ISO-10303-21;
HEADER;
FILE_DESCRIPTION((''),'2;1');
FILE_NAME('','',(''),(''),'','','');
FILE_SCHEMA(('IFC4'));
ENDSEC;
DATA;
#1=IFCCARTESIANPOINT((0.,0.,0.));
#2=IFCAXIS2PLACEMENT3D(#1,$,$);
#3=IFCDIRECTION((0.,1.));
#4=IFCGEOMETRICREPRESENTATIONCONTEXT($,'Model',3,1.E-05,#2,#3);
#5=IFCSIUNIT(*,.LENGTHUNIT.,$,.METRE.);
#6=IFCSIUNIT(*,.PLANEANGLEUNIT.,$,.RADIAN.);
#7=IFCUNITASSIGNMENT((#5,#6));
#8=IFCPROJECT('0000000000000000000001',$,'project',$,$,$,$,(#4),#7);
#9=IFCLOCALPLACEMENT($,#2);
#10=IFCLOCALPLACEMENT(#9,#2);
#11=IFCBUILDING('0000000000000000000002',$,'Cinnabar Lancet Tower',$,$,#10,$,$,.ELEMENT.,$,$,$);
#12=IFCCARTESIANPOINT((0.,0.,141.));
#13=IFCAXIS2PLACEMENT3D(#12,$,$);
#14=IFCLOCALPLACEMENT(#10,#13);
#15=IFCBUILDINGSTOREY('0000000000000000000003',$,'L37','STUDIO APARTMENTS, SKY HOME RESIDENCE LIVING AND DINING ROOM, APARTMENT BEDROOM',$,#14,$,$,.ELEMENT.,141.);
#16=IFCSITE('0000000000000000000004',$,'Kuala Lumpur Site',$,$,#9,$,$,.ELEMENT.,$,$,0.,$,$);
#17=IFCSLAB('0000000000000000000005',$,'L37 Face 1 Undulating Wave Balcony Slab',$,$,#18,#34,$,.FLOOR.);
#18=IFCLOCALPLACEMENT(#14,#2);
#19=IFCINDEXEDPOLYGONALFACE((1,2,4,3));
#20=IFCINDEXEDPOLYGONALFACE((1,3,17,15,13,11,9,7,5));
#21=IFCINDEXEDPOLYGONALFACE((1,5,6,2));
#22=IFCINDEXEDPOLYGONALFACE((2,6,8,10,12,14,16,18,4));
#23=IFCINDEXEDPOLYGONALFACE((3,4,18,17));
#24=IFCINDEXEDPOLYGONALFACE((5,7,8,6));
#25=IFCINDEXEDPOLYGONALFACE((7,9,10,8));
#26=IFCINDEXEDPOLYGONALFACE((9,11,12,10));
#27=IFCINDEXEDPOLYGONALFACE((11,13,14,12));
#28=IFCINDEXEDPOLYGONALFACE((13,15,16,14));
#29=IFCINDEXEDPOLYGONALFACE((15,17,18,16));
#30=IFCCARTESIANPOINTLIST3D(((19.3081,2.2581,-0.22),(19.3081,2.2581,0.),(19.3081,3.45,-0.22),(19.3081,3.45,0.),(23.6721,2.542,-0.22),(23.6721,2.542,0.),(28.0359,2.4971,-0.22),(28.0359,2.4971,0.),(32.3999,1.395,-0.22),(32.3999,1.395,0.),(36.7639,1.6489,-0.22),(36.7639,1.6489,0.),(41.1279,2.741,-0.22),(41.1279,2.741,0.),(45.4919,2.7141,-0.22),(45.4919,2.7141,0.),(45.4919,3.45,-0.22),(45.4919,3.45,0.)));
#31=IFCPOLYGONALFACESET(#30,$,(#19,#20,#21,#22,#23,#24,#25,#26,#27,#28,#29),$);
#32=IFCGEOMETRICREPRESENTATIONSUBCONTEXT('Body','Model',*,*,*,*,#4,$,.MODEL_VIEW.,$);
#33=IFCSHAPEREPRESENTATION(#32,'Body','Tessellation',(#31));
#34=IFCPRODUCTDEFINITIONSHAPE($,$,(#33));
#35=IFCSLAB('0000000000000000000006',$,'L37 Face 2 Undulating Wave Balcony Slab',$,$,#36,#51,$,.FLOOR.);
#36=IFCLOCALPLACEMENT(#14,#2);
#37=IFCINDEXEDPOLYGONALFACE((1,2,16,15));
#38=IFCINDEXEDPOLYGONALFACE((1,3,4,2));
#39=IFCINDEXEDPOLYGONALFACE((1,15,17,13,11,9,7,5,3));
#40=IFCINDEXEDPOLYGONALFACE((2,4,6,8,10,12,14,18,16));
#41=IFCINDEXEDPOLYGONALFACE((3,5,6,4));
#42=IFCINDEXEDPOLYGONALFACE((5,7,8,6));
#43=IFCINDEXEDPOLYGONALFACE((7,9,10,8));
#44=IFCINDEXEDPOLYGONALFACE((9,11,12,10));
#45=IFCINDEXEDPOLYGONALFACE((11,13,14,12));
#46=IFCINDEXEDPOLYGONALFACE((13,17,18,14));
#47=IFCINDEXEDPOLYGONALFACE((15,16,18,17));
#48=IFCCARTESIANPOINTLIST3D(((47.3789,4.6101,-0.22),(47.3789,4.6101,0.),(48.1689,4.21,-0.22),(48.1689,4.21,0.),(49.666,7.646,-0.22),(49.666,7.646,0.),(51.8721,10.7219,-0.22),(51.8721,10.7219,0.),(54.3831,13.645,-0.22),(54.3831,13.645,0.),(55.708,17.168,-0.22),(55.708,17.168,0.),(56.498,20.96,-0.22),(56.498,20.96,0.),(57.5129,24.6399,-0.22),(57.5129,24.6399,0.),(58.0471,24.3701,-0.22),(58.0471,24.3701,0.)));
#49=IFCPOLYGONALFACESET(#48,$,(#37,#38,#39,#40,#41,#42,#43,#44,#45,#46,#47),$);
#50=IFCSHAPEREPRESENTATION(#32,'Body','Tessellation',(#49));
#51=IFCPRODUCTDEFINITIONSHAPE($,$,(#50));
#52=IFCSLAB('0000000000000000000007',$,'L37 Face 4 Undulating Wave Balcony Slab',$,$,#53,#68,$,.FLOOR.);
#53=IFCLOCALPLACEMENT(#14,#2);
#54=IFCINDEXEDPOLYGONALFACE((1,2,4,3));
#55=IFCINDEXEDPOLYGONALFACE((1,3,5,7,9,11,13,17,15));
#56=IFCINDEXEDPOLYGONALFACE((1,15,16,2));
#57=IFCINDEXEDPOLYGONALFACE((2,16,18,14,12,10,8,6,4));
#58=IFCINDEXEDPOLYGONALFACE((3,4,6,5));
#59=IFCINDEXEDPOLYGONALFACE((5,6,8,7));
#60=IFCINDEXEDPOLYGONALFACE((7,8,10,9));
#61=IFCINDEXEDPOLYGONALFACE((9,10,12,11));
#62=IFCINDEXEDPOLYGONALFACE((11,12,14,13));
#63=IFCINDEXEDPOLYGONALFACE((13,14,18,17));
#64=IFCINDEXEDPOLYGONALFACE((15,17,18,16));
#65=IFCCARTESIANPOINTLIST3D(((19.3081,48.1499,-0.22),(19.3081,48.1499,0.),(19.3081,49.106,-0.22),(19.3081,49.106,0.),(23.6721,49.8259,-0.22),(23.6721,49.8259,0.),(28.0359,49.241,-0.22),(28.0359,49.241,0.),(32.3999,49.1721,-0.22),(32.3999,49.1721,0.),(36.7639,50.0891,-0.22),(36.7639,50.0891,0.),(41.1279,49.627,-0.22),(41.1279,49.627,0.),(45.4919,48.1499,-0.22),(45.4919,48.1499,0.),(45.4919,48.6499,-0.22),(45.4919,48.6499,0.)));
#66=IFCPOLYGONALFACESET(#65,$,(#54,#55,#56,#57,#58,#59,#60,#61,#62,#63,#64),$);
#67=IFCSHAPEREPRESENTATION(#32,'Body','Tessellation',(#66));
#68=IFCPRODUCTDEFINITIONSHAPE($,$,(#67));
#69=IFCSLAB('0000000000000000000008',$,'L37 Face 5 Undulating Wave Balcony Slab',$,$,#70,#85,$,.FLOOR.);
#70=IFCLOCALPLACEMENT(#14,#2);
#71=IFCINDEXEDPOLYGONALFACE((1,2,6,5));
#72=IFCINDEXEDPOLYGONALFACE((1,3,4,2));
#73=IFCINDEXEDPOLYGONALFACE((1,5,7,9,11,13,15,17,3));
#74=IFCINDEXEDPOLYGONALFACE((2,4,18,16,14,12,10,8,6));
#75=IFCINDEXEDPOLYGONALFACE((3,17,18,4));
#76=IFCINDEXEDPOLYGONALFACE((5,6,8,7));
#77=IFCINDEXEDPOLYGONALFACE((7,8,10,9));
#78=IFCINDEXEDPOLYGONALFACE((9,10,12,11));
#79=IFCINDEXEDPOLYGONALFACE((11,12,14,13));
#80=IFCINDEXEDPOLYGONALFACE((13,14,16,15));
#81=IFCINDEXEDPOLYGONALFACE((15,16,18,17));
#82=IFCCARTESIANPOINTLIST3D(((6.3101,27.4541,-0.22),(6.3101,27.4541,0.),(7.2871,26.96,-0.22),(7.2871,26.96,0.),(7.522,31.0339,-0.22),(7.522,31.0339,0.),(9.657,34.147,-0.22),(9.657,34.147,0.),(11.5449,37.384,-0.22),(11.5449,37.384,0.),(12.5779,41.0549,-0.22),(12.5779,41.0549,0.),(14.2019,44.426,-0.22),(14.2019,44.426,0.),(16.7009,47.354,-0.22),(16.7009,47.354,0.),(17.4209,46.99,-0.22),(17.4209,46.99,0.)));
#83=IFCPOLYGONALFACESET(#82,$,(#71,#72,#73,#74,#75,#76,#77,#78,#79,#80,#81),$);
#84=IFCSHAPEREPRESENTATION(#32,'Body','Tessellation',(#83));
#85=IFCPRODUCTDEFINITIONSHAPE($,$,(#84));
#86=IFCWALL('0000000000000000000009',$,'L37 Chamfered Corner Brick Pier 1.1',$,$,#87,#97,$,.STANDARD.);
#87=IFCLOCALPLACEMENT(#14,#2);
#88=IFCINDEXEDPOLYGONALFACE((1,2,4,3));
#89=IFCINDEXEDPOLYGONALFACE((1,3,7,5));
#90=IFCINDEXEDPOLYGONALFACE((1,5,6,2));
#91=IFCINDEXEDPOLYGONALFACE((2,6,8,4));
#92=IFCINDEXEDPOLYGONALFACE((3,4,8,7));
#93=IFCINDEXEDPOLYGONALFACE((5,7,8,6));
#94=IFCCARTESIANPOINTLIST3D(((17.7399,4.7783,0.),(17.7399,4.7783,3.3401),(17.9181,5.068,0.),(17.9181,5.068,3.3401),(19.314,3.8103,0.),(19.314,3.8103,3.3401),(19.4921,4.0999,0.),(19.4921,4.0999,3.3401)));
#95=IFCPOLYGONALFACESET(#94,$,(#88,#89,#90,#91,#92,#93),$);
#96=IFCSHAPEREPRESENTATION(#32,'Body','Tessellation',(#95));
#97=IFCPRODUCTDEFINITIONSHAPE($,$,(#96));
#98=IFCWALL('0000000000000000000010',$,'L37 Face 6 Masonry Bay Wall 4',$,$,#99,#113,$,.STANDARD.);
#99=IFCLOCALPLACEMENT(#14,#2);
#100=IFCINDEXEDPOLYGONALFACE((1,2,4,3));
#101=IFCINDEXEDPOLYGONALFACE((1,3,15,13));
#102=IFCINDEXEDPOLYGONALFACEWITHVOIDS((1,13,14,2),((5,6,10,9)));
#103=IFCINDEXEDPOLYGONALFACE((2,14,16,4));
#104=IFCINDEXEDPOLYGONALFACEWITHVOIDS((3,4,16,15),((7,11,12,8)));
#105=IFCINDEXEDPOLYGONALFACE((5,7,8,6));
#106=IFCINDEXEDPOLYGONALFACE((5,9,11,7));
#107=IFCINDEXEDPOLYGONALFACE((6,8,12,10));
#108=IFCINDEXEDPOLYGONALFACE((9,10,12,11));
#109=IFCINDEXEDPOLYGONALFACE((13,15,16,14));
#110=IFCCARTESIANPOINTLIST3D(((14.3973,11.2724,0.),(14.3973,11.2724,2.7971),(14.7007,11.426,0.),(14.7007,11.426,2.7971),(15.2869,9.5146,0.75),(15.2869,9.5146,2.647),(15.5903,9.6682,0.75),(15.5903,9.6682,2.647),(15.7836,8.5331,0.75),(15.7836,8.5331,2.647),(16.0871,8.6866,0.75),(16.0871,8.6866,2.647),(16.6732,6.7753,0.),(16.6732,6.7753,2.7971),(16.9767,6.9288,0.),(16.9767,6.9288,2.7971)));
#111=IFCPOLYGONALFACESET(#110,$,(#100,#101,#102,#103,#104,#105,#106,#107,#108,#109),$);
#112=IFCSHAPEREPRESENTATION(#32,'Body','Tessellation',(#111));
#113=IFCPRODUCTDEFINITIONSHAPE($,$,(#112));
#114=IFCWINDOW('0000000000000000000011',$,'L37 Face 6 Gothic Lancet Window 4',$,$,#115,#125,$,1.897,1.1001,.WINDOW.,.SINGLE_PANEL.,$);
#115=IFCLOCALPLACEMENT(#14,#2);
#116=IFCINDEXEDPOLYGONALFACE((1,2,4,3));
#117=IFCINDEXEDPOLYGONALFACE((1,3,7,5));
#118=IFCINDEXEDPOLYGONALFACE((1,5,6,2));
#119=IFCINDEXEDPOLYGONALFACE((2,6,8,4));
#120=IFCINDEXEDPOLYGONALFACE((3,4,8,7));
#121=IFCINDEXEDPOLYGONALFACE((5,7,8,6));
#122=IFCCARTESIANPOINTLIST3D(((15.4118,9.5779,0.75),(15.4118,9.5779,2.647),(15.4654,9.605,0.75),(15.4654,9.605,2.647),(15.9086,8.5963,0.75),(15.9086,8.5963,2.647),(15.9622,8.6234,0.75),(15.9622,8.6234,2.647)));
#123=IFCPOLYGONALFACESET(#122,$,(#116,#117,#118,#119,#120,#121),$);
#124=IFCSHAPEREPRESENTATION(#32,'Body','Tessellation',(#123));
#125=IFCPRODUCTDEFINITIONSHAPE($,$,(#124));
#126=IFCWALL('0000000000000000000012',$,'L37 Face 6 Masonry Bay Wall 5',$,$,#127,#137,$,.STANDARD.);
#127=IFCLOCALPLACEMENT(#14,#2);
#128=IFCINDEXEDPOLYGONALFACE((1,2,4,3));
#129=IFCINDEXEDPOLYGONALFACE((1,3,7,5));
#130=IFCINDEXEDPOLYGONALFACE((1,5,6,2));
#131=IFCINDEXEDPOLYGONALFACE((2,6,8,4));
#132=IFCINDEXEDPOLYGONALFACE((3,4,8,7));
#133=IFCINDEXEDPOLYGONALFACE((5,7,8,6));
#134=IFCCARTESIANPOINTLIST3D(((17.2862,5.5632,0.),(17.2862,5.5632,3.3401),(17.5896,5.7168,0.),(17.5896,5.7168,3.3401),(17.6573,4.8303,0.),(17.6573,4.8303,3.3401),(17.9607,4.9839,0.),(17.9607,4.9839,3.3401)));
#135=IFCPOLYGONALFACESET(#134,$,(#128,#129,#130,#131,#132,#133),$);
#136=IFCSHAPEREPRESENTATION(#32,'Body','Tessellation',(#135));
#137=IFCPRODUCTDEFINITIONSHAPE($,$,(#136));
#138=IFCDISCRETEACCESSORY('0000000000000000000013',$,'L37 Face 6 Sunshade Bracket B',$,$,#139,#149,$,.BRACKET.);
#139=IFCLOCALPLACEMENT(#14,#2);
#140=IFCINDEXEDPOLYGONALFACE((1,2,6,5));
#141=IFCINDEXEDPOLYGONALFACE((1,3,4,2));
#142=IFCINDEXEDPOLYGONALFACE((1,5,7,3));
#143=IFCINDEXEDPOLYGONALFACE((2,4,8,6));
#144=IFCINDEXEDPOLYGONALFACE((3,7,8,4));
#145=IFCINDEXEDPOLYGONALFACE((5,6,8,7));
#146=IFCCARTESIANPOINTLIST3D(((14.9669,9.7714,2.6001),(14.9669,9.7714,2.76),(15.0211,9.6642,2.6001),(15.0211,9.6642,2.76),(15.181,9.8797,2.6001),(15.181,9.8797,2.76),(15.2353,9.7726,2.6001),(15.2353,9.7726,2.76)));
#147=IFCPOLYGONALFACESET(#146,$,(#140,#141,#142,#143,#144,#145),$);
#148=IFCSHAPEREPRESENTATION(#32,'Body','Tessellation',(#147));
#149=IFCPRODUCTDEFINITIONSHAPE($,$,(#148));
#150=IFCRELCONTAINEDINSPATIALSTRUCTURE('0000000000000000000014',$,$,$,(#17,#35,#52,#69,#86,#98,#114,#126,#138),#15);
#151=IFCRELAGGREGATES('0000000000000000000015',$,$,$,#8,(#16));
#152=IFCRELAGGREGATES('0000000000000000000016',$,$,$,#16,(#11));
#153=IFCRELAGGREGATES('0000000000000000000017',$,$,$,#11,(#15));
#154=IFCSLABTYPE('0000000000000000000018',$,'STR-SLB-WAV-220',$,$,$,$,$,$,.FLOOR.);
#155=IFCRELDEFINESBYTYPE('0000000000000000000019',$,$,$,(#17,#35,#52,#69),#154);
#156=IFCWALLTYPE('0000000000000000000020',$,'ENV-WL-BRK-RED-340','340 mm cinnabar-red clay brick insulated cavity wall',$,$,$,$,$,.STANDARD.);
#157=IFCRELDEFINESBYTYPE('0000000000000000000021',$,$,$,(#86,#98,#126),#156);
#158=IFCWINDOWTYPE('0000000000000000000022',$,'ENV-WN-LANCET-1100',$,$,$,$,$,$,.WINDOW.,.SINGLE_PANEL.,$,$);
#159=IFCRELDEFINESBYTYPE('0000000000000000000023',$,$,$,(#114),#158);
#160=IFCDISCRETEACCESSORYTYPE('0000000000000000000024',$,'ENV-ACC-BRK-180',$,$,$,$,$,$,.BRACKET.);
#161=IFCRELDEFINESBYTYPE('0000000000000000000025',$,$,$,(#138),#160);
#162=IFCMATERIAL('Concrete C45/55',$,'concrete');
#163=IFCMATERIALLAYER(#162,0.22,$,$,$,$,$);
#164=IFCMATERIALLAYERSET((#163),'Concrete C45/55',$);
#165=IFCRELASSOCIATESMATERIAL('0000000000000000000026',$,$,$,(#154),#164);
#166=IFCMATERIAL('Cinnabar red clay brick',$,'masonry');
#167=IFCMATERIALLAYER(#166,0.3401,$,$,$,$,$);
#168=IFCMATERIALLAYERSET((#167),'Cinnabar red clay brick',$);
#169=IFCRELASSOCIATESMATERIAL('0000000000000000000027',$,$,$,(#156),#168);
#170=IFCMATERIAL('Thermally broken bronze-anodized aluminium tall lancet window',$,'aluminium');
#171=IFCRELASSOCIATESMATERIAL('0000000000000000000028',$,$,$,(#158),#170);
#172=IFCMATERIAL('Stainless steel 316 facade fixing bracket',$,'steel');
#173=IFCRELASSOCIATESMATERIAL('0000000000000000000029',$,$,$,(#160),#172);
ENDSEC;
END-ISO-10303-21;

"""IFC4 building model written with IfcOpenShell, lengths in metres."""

from ifc_helpers import new_model, si_unit, direction, frame, frame_2d, origin, origin_2d, place, context, subcontext, project, spatial, polyline, rectangle, outline, extrude, material, layer, layer_set, type_object, element, fill, save


model = new_model("IFC4")

# Units and contexts
model_context = context("Model", 3, precision=1e-05, world=origin(), true_north=direction((0.0, 1.0)))
body_context = subcontext(model_context, "Body", "Model", "MODEL_VIEW")
ifc_project = project(units=[si_unit("LENGTHUNIT", "METRE"), si_unit("PLANEANGLEUNIT", "RADIAN")], contexts=[model_context])

# Site, building, storey
site_placement = place(None, origin())
site = spatial("IfcSite", under=ifc_project, at=site_placement, Name="Kuala Lumpur Site", CompositionType="ELEMENT", RefElevation=0.0)
building_placement = place(site_placement, origin())
building = spatial("IfcBuilding", under=site, at=building_placement, Name="Cinnabar Lancet Tower", CompositionType="ELEMENT")
storey_placement = place(building_placement, frame((0.0, 0.0, 141.0)))
storey = spatial("IfcBuildingStorey", under=building, at=storey_placement, Name="L37", Description="STUDIO APARTMENTS, SKY HOME RESIDENCE LIVING AND DINING ROOM, APARTMENT BEDROOM", CompositionType="ELEMENT", Elevation=141.0)

# Slabs
ifc_material_1 = material(Name="Concrete C45/55", Category="concrete")
ifc_layer_1 = layer(ifc_material_1, 0.22)
ifc_layer_set_1 = layer_set([ifc_layer_1], Name="Concrete C45/55")
slab_type_1 = type_object("IfcSlabType", Name="STR-SLB-WAV-220", PredefinedType="FLOOR", material=ifc_layer_set_1)
slab_1_placement = place(storey_placement, frame((0.0, 0.0, -0.22)))
element("IfcSlab", 1, at=slab_1_placement, inside=storey, type_object=slab_type_1, Name="L37 Face 1 Undulating Wave Balcony Slab", PredefinedType="FLOOR", context=body_context, shape_type="SweptSolid", body=[
    extrude(outline(polyline([(19.3081, 3.45), (19.3081, 2.2581), (23.6721, 2.542), (28.0359, 2.4971), (32.3999, 1.395), (36.7639, 1.6489), (41.1279, 2.741), (45.4919, 2.7141), (45.4919, 3.45), (19.3081, 3.45)])), origin(), (0.0, 0.0, 1.0), 0.22),
])
slab_2_placement = place(storey_placement, frame((0.0, 0.0, -0.22)))
element("IfcSlab", 2, at=slab_2_placement, inside=storey, type_object=slab_type_1, Name="L37 Face 2 Undulating Wave Balcony Slab", PredefinedType="FLOOR", context=body_context, shape_type="SweptSolid", body=[
    extrude(outline(polyline([(47.3789, 4.6101), (48.1689, 4.21), (49.666, 7.646), (51.8721, 10.7219), (54.3831, 13.645), (55.708, 17.168), (56.498, 20.96), (58.0471, 24.3701), (57.5129, 24.6399), (47.3789, 4.6101)])), origin(), (0.0, 0.0, 1.0), 0.22),
])
slab_3_placement = place(storey_placement, frame((0.0, 0.0, -0.22)))
element("IfcSlab", 3, at=slab_3_placement, inside=storey, type_object=slab_type_1, Name="L37 Face 4 Undulating Wave Balcony Slab", PredefinedType="FLOOR", context=body_context, shape_type="SweptSolid", body=[
    extrude(outline(polyline([(45.4919, 48.1499), (45.4919, 48.6499), (41.1279, 49.627), (36.7639, 50.0891), (32.3999, 49.1721), (28.0359, 49.241), (23.6721, 49.8259), (19.3081, 49.106), (19.3081, 48.1499), (45.4919, 48.1499)])), origin(), (0.0, 0.0, 1.0), 0.22),
])
slab_4_placement = place(storey_placement, frame((0.0, 0.0, -0.22)))
element("IfcSlab", 4, at=slab_4_placement, inside=storey, type_object=slab_type_1, Name="L37 Face 5 Undulating Wave Balcony Slab", PredefinedType="FLOOR", context=body_context, shape_type="SweptSolid", body=[
    extrude(outline(polyline([(17.4209, 46.99), (16.7009, 47.354), (14.2019, 44.426), (12.5779, 41.0549), (11.5449, 37.384), (9.657, 34.147), (7.522, 31.0339), (6.3101, 27.4541), (7.2871, 26.96), (17.4209, 46.99)])), origin(), (0.0, 0.0, 1.0), 0.22),
])

# Wall
ifc_material_2 = material(Name="Cinnabar red clay brick", Category="masonry")
ifc_layer_2 = layer(ifc_material_2, 0.3401)
ifc_layer_set_2 = layer_set([ifc_layer_2], Name="Cinnabar red clay brick")
wall_type = type_object("IfcWallType", Name="ENV-WL-BRK-RED-340", Description="340 mm cinnabar-red clay brick insulated cavity wall", PredefinedType="STANDARD", material=ifc_layer_set_2)
wall_1_placement = place(storey_placement, frame((17.8291, 4.9231, 0.0), z_axis=(0.0, 0.0, 1.0), x_axis=(0.851799, -0.523869, 0.0)))
element("IfcWall", 5, at=wall_1_placement, inside=storey, type_object=wall_type, Name="L37 Chamfered Corner Brick Pier 1.1", PredefinedType="STANDARD", context=body_context, shape_type="SweptSolid", body=[
    extrude(rectangle(XDim=1.8479, YDim=0.3401, at=frame_2d((0.9238, 0.0))), origin(), (0.0, 0.0, 1.0), 3.3401),
])

# Wall, opening, window
wall_2_placement = place(storey_placement, frame((14.5491, 11.3491, 0.0), z_axis=(0.0, 0.0, 1.0), x_axis=(0.451548, -0.892247, 0.0)))
wall_2 = element("IfcWall", 6, at=wall_2_placement, inside=storey, type_object=wall_type, Name="L37 Face 6 Masonry Bay Wall 4", PredefinedType="STANDARD", context=body_context, shape_type="SweptSolid", body=[
    extrude(rectangle(XDim=5.0403, YDim=0.3401, at=frame_2d((2.52, 0.0))), origin(), (0.0, 0.0, 1.0), 2.7971),
])
opening_placement = place(wall_2_placement, frame((1.97, 0.0, 0.75)))
opening = element("IfcOpeningElement", 7, at=opening_placement, cuts=wall_2, PredefinedType="OPENING", context=body_context, shape_type="SweptSolid", body=[
    extrude(rectangle(XDim=1.1001, YDim=1.897, at=frame_2d((0.55, 0.9485))), frame((0.0, 0.1799, 0.0), z_axis=(0.0, -1.0, 0.0), x_axis=(1.0, 0.0, 0.0)), (0.0, 0.0, 1.0), 0.3601),
])
ifc_material_3 = material(Name="Thermally broken bronze-anodized aluminium tall lancet window", Category="aluminium")
window_type = type_object("IfcWindowType", Name="ENV-WN-LANCET-1100", PartitioningType="SINGLE_PANEL", PredefinedType="WINDOW", material=ifc_material_3)
window_placement = place(opening_placement, origin())
window = element("IfcWindow", 8, at=window_placement, inside=storey, type_object=window_type, Name="L37 Face 6 Gothic Lancet Window 4", OverallHeight=1.897, OverallWidth=1.1001, PartitioningType="SINGLE_PANEL", PredefinedType="WINDOW", context=body_context, shape_type="SweptSolid", body=[
    extrude(rectangle(XDim=1.1001, YDim=1.897, at=frame_2d((0.55, 0.9485))), frame((0.0, 0.03, 0.0), z_axis=(0.0, -1.0, 0.0), x_axis=(1.0, 0.0, 0.0)), (0.0, 0.0, 1.0), 0.0601),
])
fill(opening, window)

# Wall
wall_3_placement = place(storey_placement, frame((17.438, 5.6399, 0.0), z_axis=(0.0, 0.0, 1.0), x_axis=(0.451725, -0.892157, 0.0)))
element("IfcWall", 9, at=wall_3_placement, inside=storey, type_object=wall_type, Name="L37 Face 6 Masonry Bay Wall 5", PredefinedType="STANDARD", context=body_context, shape_type="SweptSolid", body=[
    extrude(rectangle(XDim=0.8215, YDim=0.3401, at=frame_2d((0.4106, 0.0))), origin(), (0.0, 0.0, 1.0), 3.3401),
])

# Discrete accessory
ifc_material_4 = material(Name="Stainless steel 316 facade fixing bracket", Category="steel")
discrete_accessory_type = type_object("IfcDiscreteAccessoryType", Name="ENV-ACC-BRK-180", PredefinedType="BRACKET", material=ifc_material_4)
discrete_accessory_placement = place(storey_placement, frame((15.1011, 9.772, 2.6001), z_axis=(0.0, 0.0, 1.0), x_axis=(0.451454, -0.892294, 0.0)))
element("IfcDiscreteAccessory", 10, at=discrete_accessory_placement, inside=storey, type_object=discrete_accessory_type, Name="L37 Face 6 Sunshade Bracket B", PredefinedType="BRACKET", context=body_context, shape_type="SweptSolid", body=[
    extrude(rectangle(XDim=0.1201, YDim=0.24, at=origin_2d()), origin(), (0.0, 0.0, 1.0), 0.1599),
])

save(model, "model.ifc")
